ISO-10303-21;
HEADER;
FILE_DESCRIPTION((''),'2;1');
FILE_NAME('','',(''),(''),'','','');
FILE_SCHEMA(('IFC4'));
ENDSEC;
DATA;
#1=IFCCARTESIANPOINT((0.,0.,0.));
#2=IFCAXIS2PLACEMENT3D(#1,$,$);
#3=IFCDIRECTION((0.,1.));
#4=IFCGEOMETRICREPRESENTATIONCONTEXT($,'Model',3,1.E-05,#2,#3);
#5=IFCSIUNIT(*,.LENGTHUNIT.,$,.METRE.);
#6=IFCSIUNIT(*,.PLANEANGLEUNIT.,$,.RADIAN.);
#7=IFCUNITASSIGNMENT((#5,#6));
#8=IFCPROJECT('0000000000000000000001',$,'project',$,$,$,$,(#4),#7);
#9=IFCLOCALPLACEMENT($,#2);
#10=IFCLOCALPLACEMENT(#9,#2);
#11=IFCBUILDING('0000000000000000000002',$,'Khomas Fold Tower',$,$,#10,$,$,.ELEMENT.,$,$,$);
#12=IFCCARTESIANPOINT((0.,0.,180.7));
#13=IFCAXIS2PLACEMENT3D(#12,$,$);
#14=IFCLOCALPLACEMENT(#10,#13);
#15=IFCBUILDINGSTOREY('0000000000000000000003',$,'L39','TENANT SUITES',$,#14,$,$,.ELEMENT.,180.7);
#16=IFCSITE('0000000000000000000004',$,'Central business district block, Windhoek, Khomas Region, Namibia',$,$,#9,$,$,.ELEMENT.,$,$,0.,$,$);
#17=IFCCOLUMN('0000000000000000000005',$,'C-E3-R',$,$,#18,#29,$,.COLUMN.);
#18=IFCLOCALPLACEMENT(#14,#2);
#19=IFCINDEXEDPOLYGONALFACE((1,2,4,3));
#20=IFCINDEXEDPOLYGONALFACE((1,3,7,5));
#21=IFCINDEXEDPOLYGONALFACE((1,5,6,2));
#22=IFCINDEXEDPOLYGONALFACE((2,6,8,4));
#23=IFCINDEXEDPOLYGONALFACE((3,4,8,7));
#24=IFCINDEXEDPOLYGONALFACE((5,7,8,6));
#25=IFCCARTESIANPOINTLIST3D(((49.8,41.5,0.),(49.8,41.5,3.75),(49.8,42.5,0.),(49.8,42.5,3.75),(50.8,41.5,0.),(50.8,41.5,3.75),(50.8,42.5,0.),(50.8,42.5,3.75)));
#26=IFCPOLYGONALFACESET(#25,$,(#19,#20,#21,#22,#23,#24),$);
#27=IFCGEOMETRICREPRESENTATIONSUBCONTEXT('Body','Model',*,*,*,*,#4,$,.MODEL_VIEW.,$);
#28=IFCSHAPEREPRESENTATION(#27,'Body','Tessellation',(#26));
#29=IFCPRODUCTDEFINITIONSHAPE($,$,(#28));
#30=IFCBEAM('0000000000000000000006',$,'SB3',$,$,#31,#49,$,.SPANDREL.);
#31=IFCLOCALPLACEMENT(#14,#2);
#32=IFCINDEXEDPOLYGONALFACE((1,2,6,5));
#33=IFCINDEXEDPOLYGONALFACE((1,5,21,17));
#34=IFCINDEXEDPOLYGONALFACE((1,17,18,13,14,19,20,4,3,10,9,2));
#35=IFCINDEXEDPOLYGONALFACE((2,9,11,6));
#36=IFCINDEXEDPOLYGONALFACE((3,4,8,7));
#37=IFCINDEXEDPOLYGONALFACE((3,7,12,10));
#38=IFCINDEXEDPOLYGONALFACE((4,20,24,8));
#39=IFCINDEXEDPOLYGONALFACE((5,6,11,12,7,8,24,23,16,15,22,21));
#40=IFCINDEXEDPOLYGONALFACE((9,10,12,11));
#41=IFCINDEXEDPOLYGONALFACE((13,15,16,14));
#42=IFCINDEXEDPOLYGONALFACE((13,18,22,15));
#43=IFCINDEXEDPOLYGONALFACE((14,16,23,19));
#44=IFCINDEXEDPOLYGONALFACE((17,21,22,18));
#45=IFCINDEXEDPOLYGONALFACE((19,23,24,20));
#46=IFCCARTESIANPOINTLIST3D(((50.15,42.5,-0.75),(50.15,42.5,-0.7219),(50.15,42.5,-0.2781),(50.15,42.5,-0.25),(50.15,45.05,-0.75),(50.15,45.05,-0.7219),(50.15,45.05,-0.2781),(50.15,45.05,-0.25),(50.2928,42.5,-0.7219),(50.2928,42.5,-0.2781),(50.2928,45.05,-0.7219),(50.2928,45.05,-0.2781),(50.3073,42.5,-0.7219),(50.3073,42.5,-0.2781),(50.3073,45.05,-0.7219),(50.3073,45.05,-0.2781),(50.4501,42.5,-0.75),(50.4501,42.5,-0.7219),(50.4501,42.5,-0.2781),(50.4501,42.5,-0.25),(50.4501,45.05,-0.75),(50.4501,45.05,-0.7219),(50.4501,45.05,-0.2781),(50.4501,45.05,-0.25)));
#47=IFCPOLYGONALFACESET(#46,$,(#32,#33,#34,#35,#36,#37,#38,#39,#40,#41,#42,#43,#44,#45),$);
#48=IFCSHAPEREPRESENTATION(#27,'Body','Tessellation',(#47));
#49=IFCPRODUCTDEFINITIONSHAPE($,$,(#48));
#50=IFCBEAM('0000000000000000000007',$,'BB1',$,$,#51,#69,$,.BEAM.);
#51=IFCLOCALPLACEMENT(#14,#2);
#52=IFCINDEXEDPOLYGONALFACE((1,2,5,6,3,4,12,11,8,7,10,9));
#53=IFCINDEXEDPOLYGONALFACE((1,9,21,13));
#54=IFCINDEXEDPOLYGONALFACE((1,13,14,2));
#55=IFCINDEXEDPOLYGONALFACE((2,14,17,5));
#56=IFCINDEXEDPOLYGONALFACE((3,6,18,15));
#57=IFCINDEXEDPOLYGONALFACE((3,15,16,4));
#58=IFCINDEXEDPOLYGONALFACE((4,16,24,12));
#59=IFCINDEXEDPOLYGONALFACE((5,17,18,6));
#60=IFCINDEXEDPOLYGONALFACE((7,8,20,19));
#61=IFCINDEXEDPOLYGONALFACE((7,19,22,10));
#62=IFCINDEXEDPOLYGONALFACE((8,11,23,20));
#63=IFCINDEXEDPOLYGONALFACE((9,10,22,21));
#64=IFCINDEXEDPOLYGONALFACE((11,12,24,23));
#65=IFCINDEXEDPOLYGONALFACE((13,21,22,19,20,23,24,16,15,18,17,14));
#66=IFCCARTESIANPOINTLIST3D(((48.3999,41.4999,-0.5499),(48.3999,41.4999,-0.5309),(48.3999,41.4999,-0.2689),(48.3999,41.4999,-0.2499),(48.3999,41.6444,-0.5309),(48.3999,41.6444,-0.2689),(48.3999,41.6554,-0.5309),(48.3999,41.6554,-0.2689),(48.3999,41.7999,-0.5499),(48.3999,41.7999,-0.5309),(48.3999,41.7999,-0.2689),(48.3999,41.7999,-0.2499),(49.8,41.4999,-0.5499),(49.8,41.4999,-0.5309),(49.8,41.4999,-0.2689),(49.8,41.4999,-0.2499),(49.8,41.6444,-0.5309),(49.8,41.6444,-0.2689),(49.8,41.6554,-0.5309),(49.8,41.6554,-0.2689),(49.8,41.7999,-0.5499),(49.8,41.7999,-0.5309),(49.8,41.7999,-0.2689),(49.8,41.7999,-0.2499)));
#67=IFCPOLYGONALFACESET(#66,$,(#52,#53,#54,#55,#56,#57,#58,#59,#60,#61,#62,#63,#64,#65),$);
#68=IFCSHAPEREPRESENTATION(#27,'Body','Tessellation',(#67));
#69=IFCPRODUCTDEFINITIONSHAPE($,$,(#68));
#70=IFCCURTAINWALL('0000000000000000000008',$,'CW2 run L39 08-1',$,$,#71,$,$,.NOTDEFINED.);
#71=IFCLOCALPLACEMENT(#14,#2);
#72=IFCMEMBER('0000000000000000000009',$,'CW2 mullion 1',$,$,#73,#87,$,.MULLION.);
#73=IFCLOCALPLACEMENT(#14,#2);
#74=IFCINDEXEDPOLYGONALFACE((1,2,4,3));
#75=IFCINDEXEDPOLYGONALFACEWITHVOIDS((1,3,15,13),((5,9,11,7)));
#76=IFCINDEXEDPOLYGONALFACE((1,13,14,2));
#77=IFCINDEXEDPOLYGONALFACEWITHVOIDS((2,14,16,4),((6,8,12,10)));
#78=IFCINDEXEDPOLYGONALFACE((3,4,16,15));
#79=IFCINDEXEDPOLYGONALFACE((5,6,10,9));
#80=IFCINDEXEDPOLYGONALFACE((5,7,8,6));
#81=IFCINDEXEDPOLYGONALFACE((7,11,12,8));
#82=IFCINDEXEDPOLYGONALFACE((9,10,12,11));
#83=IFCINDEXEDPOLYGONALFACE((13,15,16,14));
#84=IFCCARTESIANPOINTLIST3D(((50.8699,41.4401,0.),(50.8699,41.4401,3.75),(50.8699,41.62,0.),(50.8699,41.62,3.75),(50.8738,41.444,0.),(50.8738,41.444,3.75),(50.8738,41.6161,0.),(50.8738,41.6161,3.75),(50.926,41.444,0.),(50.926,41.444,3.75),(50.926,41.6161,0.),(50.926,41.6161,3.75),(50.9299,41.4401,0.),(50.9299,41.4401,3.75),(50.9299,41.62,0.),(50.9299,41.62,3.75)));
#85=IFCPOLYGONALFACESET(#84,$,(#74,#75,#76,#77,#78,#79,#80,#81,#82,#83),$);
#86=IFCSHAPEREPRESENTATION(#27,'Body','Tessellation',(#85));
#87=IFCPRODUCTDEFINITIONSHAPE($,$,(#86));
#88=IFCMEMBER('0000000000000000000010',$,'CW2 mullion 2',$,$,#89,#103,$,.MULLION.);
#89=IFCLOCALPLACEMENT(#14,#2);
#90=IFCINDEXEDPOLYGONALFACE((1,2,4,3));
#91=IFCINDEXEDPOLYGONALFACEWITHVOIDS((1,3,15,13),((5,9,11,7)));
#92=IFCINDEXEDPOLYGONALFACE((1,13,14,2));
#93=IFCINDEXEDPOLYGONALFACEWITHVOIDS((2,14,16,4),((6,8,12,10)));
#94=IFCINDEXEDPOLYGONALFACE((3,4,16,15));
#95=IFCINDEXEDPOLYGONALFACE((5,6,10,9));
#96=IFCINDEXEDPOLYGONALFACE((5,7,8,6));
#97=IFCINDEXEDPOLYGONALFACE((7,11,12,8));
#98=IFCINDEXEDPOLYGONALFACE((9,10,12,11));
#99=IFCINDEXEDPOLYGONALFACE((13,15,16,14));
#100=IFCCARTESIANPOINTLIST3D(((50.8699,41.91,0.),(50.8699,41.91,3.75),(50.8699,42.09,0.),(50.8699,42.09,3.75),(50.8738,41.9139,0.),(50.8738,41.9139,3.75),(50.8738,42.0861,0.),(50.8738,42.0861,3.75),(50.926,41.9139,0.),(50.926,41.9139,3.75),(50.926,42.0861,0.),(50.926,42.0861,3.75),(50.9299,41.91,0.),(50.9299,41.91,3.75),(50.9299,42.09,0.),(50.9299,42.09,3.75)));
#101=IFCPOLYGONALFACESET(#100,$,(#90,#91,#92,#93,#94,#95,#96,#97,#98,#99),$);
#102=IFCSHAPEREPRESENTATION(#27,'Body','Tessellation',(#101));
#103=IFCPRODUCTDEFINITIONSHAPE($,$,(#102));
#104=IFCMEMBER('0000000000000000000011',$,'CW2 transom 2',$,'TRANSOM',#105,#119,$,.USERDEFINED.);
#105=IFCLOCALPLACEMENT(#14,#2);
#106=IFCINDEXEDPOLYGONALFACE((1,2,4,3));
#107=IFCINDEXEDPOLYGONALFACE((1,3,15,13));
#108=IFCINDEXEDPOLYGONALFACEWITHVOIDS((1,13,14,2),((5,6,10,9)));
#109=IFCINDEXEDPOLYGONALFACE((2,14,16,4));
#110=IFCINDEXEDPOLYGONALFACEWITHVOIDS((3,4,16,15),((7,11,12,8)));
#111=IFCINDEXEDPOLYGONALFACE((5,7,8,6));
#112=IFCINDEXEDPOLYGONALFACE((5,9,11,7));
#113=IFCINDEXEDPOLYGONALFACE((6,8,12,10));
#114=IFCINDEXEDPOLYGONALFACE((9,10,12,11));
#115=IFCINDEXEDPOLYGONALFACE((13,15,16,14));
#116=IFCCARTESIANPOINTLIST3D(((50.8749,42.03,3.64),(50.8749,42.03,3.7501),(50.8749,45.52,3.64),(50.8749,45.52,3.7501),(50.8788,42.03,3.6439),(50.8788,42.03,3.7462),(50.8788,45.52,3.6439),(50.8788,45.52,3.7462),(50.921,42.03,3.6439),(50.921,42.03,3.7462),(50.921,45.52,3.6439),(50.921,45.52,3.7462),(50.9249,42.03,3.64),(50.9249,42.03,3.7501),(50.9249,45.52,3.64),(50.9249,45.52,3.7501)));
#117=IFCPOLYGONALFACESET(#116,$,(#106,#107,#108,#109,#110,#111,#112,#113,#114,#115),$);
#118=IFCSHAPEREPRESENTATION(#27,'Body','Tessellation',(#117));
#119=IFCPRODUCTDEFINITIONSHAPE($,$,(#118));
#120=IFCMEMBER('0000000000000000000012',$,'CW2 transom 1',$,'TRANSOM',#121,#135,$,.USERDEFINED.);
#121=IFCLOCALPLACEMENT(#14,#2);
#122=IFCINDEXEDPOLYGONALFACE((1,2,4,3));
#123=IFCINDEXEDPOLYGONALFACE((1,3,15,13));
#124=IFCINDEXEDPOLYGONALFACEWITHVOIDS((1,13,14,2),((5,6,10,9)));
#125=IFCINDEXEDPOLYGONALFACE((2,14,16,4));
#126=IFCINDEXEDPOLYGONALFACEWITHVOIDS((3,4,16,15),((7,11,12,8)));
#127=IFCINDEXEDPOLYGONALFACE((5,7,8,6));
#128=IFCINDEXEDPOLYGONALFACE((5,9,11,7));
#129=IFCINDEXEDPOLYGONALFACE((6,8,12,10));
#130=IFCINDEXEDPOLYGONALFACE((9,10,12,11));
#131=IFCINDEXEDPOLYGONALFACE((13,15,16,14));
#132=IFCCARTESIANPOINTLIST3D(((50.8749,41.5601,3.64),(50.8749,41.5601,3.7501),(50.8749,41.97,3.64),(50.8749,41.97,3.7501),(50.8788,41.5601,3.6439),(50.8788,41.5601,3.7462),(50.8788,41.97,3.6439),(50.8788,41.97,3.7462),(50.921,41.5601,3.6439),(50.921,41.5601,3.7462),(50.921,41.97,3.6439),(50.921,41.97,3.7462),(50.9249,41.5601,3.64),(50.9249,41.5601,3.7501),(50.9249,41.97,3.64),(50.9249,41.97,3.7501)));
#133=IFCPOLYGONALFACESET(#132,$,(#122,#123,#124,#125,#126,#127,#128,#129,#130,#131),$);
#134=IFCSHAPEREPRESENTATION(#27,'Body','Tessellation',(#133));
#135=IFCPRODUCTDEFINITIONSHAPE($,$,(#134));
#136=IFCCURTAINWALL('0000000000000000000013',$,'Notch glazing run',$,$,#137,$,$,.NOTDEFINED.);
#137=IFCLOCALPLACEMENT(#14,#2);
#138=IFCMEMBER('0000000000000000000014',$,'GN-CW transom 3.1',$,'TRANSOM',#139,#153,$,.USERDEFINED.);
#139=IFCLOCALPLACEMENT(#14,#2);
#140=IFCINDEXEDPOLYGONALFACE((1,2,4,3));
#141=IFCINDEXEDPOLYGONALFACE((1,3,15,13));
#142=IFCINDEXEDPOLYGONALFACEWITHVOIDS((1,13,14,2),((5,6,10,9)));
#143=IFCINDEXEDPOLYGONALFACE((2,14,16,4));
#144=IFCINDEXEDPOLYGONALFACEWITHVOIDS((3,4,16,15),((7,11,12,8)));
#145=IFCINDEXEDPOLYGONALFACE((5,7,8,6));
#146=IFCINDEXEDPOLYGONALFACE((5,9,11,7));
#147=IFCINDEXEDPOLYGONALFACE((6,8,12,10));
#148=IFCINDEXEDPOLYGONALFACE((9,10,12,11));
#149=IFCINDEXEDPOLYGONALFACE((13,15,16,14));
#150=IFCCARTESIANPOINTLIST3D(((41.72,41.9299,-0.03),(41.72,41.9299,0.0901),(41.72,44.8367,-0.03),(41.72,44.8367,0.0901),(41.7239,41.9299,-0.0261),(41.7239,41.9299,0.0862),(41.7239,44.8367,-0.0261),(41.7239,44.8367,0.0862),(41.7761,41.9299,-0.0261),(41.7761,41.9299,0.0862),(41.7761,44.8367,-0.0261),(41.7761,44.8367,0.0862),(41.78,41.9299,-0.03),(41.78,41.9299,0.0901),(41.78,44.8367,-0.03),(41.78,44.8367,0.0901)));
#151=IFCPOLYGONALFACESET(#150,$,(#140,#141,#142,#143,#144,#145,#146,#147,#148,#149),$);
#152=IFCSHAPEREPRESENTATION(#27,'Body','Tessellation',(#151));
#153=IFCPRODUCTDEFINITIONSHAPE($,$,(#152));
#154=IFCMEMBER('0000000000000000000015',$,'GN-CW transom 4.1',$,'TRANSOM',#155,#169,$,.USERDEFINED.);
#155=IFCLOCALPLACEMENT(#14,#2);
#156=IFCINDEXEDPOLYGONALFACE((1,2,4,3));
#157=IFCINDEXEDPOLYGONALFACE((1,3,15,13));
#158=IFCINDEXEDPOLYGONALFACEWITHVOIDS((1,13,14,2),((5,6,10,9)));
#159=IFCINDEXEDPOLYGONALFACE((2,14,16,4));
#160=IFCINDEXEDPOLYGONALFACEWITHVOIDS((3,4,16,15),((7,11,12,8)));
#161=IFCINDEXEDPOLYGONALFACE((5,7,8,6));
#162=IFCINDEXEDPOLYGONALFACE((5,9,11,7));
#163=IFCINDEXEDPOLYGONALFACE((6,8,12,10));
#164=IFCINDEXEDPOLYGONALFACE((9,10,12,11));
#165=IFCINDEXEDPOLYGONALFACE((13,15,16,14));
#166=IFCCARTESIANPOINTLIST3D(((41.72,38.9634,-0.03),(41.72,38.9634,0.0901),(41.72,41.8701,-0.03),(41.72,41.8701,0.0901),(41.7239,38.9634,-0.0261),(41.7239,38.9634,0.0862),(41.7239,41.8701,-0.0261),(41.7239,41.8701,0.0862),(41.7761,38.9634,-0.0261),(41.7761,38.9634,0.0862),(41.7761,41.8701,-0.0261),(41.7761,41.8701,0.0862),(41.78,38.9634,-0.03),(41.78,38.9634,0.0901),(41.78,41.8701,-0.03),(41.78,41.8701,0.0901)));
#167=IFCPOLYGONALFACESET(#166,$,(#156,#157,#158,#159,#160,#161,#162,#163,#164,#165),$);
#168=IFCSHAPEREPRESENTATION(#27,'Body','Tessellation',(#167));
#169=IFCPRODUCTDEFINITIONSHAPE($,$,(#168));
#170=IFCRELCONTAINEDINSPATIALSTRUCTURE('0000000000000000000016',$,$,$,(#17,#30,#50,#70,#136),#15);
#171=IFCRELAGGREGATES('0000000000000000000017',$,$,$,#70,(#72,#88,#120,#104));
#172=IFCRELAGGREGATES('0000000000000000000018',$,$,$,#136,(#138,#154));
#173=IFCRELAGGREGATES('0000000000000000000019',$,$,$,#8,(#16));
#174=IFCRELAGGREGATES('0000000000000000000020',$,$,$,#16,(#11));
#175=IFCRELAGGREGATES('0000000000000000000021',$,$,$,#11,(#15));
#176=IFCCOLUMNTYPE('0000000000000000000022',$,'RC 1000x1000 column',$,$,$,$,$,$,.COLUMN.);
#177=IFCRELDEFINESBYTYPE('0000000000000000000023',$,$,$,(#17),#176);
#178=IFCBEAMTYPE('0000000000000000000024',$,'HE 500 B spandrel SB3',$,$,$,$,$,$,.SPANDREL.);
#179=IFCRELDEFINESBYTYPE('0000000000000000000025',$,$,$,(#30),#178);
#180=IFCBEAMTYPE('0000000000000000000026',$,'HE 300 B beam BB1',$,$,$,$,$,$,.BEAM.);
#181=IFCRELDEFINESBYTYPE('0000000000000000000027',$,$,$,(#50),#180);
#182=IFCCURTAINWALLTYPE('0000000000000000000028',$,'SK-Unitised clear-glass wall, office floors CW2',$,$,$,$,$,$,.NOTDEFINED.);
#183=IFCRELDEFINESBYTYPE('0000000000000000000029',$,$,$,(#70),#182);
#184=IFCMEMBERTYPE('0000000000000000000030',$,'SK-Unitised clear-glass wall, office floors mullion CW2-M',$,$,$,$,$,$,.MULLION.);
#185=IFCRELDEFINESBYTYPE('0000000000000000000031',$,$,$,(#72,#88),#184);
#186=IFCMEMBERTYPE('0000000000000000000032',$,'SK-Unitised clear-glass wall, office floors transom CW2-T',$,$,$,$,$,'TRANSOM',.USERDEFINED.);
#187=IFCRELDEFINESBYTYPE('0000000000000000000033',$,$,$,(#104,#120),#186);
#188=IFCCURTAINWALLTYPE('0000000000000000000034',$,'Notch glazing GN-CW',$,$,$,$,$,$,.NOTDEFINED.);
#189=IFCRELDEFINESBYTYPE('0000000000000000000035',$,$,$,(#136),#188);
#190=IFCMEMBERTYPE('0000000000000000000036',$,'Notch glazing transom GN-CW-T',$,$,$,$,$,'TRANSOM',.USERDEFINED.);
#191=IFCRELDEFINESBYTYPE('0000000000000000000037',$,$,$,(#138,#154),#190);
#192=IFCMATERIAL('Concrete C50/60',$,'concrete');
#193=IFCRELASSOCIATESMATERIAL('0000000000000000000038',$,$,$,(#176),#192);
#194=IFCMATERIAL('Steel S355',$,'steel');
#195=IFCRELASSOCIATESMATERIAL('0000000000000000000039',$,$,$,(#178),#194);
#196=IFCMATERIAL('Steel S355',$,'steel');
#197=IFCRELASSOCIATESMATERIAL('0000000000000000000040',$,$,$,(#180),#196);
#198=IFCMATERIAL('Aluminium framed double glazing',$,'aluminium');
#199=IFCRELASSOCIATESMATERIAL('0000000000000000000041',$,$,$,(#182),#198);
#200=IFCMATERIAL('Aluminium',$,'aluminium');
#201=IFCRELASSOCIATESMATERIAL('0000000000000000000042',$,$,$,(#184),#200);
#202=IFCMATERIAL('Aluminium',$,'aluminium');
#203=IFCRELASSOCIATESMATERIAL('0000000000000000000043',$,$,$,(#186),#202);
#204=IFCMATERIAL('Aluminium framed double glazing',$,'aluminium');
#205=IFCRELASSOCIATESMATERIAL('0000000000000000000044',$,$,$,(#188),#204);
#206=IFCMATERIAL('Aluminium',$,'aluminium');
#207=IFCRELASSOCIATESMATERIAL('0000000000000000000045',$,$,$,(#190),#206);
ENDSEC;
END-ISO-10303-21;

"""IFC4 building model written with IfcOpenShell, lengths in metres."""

from ifc_helpers import new_model, si_unit, direction, frame, origin, origin_2d, place, context, subcontext, project, spatial, rectangle, hollow_rectangle, i_section, extrude, source, transform, mapped, material, material_profile, profile_set, type_object, element, aggregate, save


model = new_model("IFC4")

# Units and contexts
model_context = context("Model", 3, precision=1e-05, world=origin(), true_north=direction((0.0, 1.0)))
body_context = subcontext(model_context, "Body", "Model", "MODEL_VIEW")
ifc_project = project(units=[si_unit("LENGTHUNIT", "METRE"), si_unit("PLANEANGLEUNIT", "RADIAN")], contexts=[model_context])

# Site, building, storey
site_placement = place(None, origin())
site = spatial("IfcSite", under=ifc_project, at=site_placement, Name="Central business district block, Windhoek, Khomas Region, Namibia", CompositionType="ELEMENT", RefElevation=0.0)
building_placement = place(site_placement, origin())
building = spatial("IfcBuilding", under=site, at=building_placement, Name="Khomas Fold Tower", CompositionType="ELEMENT")
storey_placement = place(building_placement, frame((0.0, 0.0, 180.7)))
storey = spatial("IfcBuildingStorey", under=building, at=storey_placement, Name="L39", Description="TENANT SUITES", CompositionType="ELEMENT", Elevation=180.7)

# Column
ifc_material_1 = material(Name="Concrete C50/60", Category="concrete")
ifc_material_profile_1 = material_profile(ifc_material_1, rectangle(XDim=1.0, YDim=1.0, at=origin_2d()), Name="RC 1000x1000")
ifc_profile_set_1 = profile_set([ifc_material_profile_1], Name="Concrete C50/60")
column_type = type_object("IfcColumnType", Name="RC 1000x1000 column", PredefinedType="COLUMN", material=ifc_profile_set_1)
shared_shape_1 = source(origin(), body_context, "Body", "SweptSolid", [
    extrude(rectangle(XDim=1.0, YDim=1.0, at=origin_2d()), origin(), (0.0, 0.0, 1.0), 3.75),
])
column_placement = place(storey_placement, frame((50.3, 42.0, 0.0), z_axis=(0.0, 0.0, 1.0), x_axis=(1.0, 0.0, 0.0)))
element("IfcColumn", 1, at=column_placement, inside=storey, type_object=column_type, Name="C-E3-R", PredefinedType="COLUMN", context=body_context, shape_type="MappedRepresentation", body=[
    mapped(shared_shape_1, transform((0.0, 0.0, 0.0))),
])

# Beams
ifc_material_2 = material(Name="Steel S355", Category="steel")
ifc_material_profile_2 = material_profile(ifc_material_2, i_section(OverallWidth=0.3, OverallDepth=0.5, WebThickness=0.0144, FlangeThickness=0.0281, at=origin_2d()), Name="HE 500 B")
ifc_profile_set_2 = profile_set([ifc_material_profile_2], Name="Steel S355")
beam_type_1 = type_object("IfcBeamType", Name="HE 500 B spandrel SB3", PredefinedType="SPANDREL", material=ifc_profile_set_2)
shared_shape_2 = source(origin(), body_context, "Body", "SweptSolid", [
    extrude(i_section(OverallWidth=0.3, OverallDepth=0.5, WebThickness=0.0144, FlangeThickness=0.0281, at=origin_2d()), origin(), (0.0, 0.0, 1.0), 2.55),
])
beam_1_placement = place(storey_placement, frame((50.3, 42.5, -0.5), z_axis=(0.0, 1.0, 0.0), x_axis=(-1.0, 0.0, 0.0)))
element("IfcBeam", 2, at=beam_1_placement, inside=storey, type_object=beam_type_1, Name="SB3", PredefinedType="SPANDREL", context=body_context, shape_type="MappedRepresentation", body=[
    mapped(shared_shape_2, transform((0.0, 0.0, 0.0))),
])
ifc_material_3 = material(Name="Steel S355", Category="steel")
ifc_material_profile_3 = material_profile(ifc_material_3, i_section(OverallWidth=0.3, OverallDepth=0.3, WebThickness=0.011, FlangeThickness=0.019, at=origin_2d()), Name="HE 300 B")
ifc_profile_set_3 = profile_set([ifc_material_profile_3], Name="Steel S355")
beam_type_2 = type_object("IfcBeamType", Name="HE 300 B beam BB1", PredefinedType="BEAM", material=ifc_profile_set_3)
shared_shape_3 = source(origin(), body_context, "Body", "SweptSolid", [
    extrude(i_section(OverallWidth=0.3, OverallDepth=0.3, WebThickness=0.011, FlangeThickness=0.019, at=origin_2d()), origin(), (0.0, 0.0, 1.0), 1.4001),
])
beam_2_placement = place(storey_placement, frame((48.3999, 41.6499, -0.3999), z_axis=(1.0, 0.0, 0.0), x_axis=(0.0, 1.0, 0.0)))
element("IfcBeam", 3, at=beam_2_placement, inside=storey, type_object=beam_type_2, Name="BB1", PredefinedType="BEAM", context=body_context, shape_type="MappedRepresentation", body=[
    mapped(shared_shape_3, transform((0.0, 0.0, 0.0))),
])

# Curtain walls, members
ifc_material_4 = material(Name="Aluminium framed double glazing", Category="aluminium")
curtain_wall_type_1 = type_object("IfcCurtainWallType", Name="SK-Unitised clear-glass wall, office floors CW2", PredefinedType="NOTDEFINED", material=ifc_material_4)
curtain_wall_1_placement = place(storey_placement, origin())
curtain_wall_1 = element("IfcCurtainWall", 4, at=curtain_wall_1_placement, inside=storey, type_object=curtain_wall_type_1, Name="CW2 run L39 08-1", PredefinedType="NOTDEFINED")
ifc_material_5 = material(Name="Aluminium", Category="aluminium")
ifc_material_profile_4 = material_profile(ifc_material_5, hollow_rectangle(XDim=0.0601, YDim=0.1799, WallThickness=0.0039, at=origin_2d()), Name="SK-Unitised clear-glass wall, office floors mullion CW2-M")
ifc_profile_set_4 = profile_set([ifc_material_profile_4], Name="Aluminium")
member_type_1 = type_object("IfcMemberType", Name="SK-Unitised clear-glass wall, office floors mullion CW2-M", PredefinedType="MULLION", material=ifc_profile_set_4)
shared_shape_4 = source(origin(), body_context, "Body", "SweptSolid", [
    extrude(hollow_rectangle(XDim=0.0601, YDim=0.1799, WallThickness=0.0039, at=origin_2d()), origin(), (0.0, 0.0, 1.0), 3.75),
])
member_1_placement = place(storey_placement, frame((50.8999, 41.53, 0.0), z_axis=(0.0, 0.0, 1.0), x_axis=(-1.0, 0.0, 0.0)))
member_1 = element("IfcMember", 5, at=member_1_placement, type_object=member_type_1, Name="CW2 mullion 1", PredefinedType="MULLION", context=body_context, shape_type="MappedRepresentation", body=[
    mapped(shared_shape_4, transform((0.0, 0.0, 0.0))),
])
member_2_placement = place(storey_placement, frame((50.8999, 42.0, 0.0), z_axis=(0.0, 0.0, 1.0), x_axis=(-1.0, 0.0, 0.0)))
member_2 = element("IfcMember", 6, at=member_2_placement, type_object=member_type_1, Name="CW2 mullion 2", PredefinedType="MULLION", context=body_context, shape_type="MappedRepresentation", body=[
    mapped(shared_shape_4, transform((0.0, 0.0, 0.0))),
])
ifc_material_6 = material(Name="Aluminium", Category="aluminium")
ifc_material_profile_5 = material_profile(ifc_material_6, hollow_rectangle(XDim=0.05, YDim=0.1101, WallThickness=0.0039, at=origin_2d()), Name="SK-Unitised clear-glass wall, office floors transom CW2-T")
ifc_profile_set_5 = profile_set([ifc_material_profile_5], Name="Aluminium")
member_type_2 = type_object("IfcMemberType", Name="SK-Unitised clear-glass wall, office floors transom CW2-T", ElementType="TRANSOM", PredefinedType="USERDEFINED", material=ifc_profile_set_5)
shared_shape_5 = source(origin(), body_context, "Body", "SweptSolid", [
    extrude(hollow_rectangle(XDim=0.05, YDim=0.1101, WallThickness=0.0039, at=origin_2d()), origin(), (0.0, 0.0, 1.0), 3.49),
])
member_3_placement = place(storey_placement, frame((50.8999, 42.03, 3.6951), z_axis=(0.0, 1.0, 0.0), x_axis=(-1.0, 0.0, 0.0)))
member_3 = element("IfcMember", 7, at=member_3_placement, type_object=member_type_2, Name="CW2 transom 2", ObjectType="TRANSOM", PredefinedType="USERDEFINED", context=body_context, shape_type="MappedRepresentation", body=[
    mapped(shared_shape_5, transform((0.0, 0.0, 0.0))),
])
shared_shape_6 = source(origin(), body_context, "Body", "SweptSolid", [
    extrude(hollow_rectangle(XDim=0.05, YDim=0.1101, WallThickness=0.0039, at=origin_2d()), origin(), (0.0, 0.0, 1.0), 0.4099),
])
member_4_placement = place(storey_placement, frame((50.8999, 41.5601, 3.6951), z_axis=(0.0, 1.0, 0.0), x_axis=(-1.0, 0.0, 0.0)))
member_4 = element("IfcMember", 8, at=member_4_placement, type_object=member_type_2, Name="CW2 transom 1", ObjectType="TRANSOM", PredefinedType="USERDEFINED", context=body_context, shape_type="MappedRepresentation", body=[
    mapped(shared_shape_6, transform((0.0, 0.0, 0.0))),
])
ifc_material_7 = material(Name="Aluminium framed double glazing", Category="aluminium")
curtain_wall_type_2 = type_object("IfcCurtainWallType", Name="Notch glazing GN-CW", PredefinedType="NOTDEFINED", material=ifc_material_7)
curtain_wall_2_placement = place(storey_placement, origin())
curtain_wall_2 = element("IfcCurtainWall", 9, at=curtain_wall_2_placement, inside=storey, type_object=curtain_wall_type_2, Name="Notch glazing run", PredefinedType="NOTDEFINED")
ifc_material_8 = material(Name="Aluminium", Category="aluminium")
ifc_material_profile_6 = material_profile(ifc_material_8, hollow_rectangle(XDim=0.0601, YDim=0.1201, WallThickness=0.0039, at=origin_2d()), Name="Notch glazing transom GN-CW-T")
ifc_profile_set_6 = profile_set([ifc_material_profile_6], Name="Aluminium")
member_type_3 = type_object("IfcMemberType", Name="Notch glazing transom GN-CW-T", ElementType="TRANSOM", PredefinedType="USERDEFINED", material=ifc_profile_set_6)
shared_shape_7 = source(origin(), body_context, "Body", "SweptSolid", [
    extrude(hollow_rectangle(XDim=0.0601, YDim=0.1201, WallThickness=0.0039, at=origin_2d()), origin(), (0.0, 0.0, 1.0), 2.9067),
])
member_5_placement = place(storey_placement, frame((41.75, 44.8367, 0.03), z_axis=(0.0, -1.0, 0.0), x_axis=(1.0, 0.0, 0.0)))
member_5 = element("IfcMember", 10, at=member_5_placement, type_object=member_type_3, Name="GN-CW transom 3.1", ObjectType="TRANSOM", PredefinedType="USERDEFINED", context=body_context, shape_type="MappedRepresentation", body=[
    mapped(shared_shape_7, transform((0.0, 0.0, 0.0))),
])
member_6_placement = place(storey_placement, frame((41.75, 41.8701, 0.03), z_axis=(0.0, -1.0, 0.0), x_axis=(1.0, 0.0, 0.0)))
member_6 = element("IfcMember", 11, at=member_6_placement, type_object=member_type_3, Name="GN-CW transom 4.1", ObjectType="TRANSOM", PredefinedType="USERDEFINED", context=body_context, shape_type="MappedRepresentation", body=[
    mapped(shared_shape_7, transform((0.0, 0.0, 0.0))),
])

aggregate(curtain_wall_1, [member_1, member_2, member_4, member_3])
aggregate(curtain_wall_2, [member_5, member_6])

save(model, "model.ifc")
